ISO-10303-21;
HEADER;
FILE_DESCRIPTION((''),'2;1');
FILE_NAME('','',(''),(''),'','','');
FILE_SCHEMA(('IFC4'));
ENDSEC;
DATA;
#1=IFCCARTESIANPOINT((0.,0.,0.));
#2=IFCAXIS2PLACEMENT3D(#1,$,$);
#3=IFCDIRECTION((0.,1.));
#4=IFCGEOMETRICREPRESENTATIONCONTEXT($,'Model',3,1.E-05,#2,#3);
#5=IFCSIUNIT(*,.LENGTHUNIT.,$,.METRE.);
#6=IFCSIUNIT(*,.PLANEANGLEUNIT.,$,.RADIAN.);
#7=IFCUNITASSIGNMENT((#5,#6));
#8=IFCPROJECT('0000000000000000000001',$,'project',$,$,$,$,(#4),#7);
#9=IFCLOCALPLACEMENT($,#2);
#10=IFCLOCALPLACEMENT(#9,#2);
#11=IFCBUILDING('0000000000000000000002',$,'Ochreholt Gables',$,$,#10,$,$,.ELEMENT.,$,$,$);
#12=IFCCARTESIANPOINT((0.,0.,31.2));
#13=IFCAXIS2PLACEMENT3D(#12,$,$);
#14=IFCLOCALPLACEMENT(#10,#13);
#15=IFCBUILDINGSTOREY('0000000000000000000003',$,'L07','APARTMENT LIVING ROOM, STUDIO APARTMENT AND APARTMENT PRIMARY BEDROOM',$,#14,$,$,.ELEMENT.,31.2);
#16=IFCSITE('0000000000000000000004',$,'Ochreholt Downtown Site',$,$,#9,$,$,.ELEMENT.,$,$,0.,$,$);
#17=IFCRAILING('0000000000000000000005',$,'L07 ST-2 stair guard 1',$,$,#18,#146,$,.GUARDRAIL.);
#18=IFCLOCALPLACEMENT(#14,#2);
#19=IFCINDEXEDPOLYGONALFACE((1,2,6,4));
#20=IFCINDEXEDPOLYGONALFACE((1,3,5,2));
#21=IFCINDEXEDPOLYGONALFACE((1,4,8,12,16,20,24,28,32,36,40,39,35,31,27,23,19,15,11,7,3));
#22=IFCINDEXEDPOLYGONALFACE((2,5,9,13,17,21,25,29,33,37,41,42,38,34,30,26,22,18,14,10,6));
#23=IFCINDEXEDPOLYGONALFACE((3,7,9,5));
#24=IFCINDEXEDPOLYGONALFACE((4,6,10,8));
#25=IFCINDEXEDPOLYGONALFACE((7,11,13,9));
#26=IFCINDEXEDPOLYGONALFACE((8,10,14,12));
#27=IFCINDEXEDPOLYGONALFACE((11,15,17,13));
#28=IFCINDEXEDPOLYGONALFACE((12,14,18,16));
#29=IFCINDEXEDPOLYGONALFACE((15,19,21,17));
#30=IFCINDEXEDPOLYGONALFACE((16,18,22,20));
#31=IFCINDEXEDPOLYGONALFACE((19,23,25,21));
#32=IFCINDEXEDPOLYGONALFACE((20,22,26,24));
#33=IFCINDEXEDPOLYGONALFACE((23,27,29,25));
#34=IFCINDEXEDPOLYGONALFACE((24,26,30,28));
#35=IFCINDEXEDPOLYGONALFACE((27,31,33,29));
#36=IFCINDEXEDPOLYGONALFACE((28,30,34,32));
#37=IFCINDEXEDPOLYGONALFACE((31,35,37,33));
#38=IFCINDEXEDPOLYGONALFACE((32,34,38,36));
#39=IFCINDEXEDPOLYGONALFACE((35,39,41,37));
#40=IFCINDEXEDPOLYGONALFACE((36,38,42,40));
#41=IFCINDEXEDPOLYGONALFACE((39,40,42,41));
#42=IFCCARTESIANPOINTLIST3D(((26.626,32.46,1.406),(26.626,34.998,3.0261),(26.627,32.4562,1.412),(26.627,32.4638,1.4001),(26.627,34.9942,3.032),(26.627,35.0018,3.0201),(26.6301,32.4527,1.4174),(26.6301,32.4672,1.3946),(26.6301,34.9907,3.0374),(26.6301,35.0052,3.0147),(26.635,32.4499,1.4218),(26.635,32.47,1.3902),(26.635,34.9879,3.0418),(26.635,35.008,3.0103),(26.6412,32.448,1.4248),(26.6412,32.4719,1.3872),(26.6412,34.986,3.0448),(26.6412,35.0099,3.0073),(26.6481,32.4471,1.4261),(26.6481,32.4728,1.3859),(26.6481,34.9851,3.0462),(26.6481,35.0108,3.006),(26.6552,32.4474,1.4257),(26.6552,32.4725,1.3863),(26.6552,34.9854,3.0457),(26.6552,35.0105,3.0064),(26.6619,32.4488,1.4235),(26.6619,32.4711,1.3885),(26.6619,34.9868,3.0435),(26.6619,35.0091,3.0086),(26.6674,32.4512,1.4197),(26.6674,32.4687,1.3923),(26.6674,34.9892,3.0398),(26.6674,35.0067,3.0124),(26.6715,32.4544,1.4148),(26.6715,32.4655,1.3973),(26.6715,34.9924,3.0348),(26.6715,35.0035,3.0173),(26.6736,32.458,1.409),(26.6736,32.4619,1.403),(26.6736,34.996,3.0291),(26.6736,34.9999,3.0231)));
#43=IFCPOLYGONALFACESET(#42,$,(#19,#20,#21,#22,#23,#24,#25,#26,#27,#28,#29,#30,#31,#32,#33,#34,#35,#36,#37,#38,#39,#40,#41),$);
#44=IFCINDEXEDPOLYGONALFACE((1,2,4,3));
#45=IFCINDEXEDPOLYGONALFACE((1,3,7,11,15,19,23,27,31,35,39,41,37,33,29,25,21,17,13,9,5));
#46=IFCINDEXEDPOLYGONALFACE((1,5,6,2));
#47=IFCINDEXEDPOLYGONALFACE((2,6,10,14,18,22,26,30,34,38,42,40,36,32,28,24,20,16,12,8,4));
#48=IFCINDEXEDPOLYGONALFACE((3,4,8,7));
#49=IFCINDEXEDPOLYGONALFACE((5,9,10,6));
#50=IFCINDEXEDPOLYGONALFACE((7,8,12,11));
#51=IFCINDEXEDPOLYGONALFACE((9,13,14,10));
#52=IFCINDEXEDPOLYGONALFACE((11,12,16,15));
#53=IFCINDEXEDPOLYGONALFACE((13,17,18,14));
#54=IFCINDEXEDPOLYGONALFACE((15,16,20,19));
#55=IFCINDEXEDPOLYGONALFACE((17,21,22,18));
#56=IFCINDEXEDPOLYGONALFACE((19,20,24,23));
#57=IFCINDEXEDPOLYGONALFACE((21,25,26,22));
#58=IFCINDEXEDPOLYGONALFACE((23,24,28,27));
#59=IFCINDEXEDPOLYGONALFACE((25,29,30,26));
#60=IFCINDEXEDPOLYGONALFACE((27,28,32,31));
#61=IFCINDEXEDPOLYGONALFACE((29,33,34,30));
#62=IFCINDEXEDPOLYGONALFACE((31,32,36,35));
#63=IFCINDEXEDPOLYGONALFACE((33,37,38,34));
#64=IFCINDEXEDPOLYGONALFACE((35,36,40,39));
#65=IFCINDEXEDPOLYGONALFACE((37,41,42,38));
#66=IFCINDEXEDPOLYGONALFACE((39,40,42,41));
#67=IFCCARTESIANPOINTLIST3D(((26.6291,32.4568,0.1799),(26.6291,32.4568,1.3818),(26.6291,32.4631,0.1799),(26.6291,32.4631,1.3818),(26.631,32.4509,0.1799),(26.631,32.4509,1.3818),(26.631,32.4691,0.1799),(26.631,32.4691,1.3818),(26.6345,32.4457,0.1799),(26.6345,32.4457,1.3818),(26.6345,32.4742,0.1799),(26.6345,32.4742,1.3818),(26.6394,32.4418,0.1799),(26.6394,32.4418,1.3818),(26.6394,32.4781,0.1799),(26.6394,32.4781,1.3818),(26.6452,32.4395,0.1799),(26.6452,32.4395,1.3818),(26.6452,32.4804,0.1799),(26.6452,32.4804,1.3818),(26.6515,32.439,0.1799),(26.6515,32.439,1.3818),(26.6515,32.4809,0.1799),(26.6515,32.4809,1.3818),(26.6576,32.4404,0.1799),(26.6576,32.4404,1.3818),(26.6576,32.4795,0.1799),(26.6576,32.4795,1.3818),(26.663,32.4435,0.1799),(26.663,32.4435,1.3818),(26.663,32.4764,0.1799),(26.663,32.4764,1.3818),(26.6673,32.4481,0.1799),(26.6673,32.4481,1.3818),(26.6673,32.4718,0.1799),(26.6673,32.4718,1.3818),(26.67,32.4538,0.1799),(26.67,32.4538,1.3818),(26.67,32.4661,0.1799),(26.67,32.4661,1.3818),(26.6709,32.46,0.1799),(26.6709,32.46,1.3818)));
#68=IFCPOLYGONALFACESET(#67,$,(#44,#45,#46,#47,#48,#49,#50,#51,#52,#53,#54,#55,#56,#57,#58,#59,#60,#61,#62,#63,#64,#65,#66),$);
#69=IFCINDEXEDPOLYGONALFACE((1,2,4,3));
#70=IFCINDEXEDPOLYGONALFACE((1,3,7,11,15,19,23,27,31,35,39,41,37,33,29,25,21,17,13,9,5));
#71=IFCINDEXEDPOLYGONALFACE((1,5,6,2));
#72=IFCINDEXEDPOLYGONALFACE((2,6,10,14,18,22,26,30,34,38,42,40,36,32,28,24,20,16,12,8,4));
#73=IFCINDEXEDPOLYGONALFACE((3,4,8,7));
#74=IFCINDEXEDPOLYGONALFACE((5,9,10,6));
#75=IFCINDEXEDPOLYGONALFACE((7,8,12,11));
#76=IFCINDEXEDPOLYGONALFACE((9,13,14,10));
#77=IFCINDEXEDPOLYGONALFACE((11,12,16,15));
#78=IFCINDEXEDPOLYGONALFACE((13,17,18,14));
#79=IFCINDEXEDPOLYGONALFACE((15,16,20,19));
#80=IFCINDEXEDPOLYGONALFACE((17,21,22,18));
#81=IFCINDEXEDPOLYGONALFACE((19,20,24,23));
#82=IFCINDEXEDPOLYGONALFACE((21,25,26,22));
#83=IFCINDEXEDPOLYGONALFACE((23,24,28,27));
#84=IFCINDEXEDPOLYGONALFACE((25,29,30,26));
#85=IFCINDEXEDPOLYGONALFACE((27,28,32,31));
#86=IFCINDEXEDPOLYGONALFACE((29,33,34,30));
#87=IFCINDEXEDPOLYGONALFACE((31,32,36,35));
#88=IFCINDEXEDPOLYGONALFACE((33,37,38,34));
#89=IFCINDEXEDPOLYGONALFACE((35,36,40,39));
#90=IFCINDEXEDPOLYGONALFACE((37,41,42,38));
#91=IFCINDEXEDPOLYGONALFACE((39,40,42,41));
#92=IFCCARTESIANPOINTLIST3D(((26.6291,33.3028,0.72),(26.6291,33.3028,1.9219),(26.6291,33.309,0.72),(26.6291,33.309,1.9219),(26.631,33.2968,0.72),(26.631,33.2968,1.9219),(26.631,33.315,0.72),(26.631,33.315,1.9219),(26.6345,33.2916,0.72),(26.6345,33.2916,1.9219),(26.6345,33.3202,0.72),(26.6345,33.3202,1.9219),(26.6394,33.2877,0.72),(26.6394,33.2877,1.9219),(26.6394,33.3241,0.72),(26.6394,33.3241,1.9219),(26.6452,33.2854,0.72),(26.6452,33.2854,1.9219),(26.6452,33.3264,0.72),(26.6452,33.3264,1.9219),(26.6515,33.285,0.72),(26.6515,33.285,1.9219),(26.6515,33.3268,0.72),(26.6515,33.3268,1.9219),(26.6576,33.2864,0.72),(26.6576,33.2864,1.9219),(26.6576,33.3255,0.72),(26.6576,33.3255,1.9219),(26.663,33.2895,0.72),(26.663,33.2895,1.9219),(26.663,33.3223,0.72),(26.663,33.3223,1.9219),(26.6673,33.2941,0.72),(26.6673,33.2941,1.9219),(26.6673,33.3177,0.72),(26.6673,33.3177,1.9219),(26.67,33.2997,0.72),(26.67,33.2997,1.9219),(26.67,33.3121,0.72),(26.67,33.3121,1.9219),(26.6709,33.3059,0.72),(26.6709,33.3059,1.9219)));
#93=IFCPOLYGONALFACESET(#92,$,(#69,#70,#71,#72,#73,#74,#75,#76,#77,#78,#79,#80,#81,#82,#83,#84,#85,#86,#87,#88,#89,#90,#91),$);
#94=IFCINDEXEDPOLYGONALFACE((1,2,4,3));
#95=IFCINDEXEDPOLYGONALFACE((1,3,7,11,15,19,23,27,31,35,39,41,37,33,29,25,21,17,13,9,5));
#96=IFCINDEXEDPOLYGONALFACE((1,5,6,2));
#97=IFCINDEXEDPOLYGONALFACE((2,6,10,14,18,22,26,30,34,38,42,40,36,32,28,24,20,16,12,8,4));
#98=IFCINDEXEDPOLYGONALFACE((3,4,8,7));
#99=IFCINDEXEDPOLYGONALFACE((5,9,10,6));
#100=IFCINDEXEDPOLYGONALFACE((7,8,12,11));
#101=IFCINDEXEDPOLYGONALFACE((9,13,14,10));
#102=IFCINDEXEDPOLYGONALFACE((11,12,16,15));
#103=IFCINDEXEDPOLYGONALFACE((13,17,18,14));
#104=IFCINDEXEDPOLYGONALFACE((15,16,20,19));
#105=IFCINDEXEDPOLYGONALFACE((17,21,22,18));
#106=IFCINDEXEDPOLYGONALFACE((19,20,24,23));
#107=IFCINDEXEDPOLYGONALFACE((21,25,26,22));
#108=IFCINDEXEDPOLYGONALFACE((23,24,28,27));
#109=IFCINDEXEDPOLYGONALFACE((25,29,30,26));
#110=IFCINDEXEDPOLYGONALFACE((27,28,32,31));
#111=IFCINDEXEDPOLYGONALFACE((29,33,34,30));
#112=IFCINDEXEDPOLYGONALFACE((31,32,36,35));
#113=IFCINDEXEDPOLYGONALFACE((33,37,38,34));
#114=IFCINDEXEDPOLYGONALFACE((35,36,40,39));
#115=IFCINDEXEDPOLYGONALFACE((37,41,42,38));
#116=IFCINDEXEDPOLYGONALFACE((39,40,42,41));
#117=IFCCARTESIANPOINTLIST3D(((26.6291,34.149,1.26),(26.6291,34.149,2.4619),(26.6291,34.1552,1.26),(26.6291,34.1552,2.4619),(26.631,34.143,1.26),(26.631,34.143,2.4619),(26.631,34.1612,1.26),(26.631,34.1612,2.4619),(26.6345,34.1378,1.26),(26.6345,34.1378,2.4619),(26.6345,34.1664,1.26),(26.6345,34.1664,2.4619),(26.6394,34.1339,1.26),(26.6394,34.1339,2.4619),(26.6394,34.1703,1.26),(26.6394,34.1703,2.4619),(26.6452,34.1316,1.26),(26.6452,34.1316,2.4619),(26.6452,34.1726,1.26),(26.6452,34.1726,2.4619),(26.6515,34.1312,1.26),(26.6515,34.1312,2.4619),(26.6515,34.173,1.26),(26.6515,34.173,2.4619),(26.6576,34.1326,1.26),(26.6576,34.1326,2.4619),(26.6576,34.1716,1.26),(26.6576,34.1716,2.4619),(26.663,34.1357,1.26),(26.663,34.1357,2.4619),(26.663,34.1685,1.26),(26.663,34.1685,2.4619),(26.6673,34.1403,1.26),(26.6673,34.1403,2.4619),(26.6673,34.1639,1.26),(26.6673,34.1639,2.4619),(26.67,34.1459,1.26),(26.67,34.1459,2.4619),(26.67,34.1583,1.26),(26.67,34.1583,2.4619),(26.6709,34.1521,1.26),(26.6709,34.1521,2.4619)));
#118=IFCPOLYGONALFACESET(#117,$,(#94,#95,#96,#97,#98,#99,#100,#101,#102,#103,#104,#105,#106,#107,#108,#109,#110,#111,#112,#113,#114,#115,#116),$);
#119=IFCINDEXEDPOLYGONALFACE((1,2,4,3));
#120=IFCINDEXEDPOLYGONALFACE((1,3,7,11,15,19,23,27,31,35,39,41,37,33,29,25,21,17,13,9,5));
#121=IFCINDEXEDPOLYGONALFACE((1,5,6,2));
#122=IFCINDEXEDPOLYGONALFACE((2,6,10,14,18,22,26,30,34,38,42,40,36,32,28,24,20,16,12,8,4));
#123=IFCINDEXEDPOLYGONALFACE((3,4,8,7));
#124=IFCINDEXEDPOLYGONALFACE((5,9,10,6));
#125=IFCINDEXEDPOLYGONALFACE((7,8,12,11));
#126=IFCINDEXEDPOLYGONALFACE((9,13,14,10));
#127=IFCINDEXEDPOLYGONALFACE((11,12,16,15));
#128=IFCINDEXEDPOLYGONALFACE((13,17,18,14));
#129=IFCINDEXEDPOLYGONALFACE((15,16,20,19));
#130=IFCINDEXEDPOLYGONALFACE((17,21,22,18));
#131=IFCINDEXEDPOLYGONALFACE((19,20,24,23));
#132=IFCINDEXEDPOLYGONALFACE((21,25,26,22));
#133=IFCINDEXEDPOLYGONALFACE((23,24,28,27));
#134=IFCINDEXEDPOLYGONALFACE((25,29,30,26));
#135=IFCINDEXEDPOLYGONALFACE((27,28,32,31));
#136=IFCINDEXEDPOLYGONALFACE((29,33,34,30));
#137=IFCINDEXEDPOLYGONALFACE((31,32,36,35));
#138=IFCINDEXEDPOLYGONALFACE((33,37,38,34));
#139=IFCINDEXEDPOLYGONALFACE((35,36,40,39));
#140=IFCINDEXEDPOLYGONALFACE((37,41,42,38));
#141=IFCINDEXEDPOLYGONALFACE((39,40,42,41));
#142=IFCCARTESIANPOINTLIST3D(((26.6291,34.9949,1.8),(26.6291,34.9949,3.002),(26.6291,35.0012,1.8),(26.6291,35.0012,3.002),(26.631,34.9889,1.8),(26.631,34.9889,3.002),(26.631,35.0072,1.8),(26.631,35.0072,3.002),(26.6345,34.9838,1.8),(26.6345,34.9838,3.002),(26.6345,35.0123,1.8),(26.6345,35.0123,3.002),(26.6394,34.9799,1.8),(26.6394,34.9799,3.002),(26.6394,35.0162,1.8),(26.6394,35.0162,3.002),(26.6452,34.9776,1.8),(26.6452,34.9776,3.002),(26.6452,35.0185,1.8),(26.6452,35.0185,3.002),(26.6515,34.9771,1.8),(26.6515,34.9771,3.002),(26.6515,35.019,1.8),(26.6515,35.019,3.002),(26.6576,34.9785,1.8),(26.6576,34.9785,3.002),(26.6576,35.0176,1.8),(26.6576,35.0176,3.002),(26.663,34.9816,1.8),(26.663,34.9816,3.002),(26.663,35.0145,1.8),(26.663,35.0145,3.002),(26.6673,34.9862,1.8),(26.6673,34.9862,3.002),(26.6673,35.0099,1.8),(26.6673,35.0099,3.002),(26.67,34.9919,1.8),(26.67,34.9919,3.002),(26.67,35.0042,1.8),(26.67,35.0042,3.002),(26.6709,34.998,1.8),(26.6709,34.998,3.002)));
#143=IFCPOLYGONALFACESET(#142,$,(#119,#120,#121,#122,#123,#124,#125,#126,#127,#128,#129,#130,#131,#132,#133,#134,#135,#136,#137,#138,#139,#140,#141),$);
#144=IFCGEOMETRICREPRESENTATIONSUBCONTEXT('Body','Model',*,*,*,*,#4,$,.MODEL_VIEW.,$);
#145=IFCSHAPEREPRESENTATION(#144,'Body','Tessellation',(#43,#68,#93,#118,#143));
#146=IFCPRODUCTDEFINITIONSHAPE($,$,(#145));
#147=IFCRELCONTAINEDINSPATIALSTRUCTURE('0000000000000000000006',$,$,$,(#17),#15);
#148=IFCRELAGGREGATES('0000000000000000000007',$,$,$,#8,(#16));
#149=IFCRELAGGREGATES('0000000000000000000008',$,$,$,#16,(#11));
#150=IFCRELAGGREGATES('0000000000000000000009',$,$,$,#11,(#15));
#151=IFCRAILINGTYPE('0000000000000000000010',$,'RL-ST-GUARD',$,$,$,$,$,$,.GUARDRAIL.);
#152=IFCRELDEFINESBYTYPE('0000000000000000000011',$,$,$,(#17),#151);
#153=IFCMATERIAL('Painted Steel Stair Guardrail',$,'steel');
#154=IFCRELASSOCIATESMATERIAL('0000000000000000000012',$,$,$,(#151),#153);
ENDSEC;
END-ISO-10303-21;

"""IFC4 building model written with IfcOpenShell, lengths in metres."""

from ifc_helpers import new_model, si_unit, direction, frame, origin, origin_2d, place, context, subcontext, project, spatial, circle, extrude, material, type_object, element, save


model = new_model("IFC4")

# Units and contexts
model_context = context("Model", 3, precision=1e-05, world=origin(), true_north=direction((0.0, 1.0)))
body_context = subcontext(model_context, "Body", "Model", "MODEL_VIEW")
ifc_project = project(units=[si_unit("LENGTHUNIT", "METRE"), si_unit("PLANEANGLEUNIT", "RADIAN")], contexts=[model_context])

# Site, building, storey
site_placement = place(None, origin())
site = spatial("IfcSite", under=ifc_project, at=site_placement, Name="Ochreholt Downtown Site", CompositionType="ELEMENT", RefElevation=0.0)
building_placement = place(site_placement, origin())
building = spatial("IfcBuilding", under=site, at=building_placement, Name="Ochreholt Gables", CompositionType="ELEMENT")
storey_placement = place(building_placement, frame((0.0, 0.0, 31.2)))
storey = spatial("IfcBuildingStorey", under=building, at=storey_placement, Name="L07", Description="APARTMENT LIVING ROOM, STUDIO APARTMENT AND APARTMENT PRIMARY BEDROOM", CompositionType="ELEMENT", Elevation=31.2)

# Railing
ifc_material_1 = material(Name="Painted Steel Stair Guardrail", Category="steel")
railing_type_1 = type_object("IfcRailingType", Name="RL-ST-GUARD", PredefinedType="GUARDRAIL", material=ifc_material_1)
railing_1_placement = place(storey_placement, frame((26.6499, 32.46, 0.1799)))
element("IfcRailing", 1, at=railing_1_placement, inside=storey, type_object=railing_type_1, Name="L07 ST-2 stair guard 1", PredefinedType="GUARDRAIL", context=body_context, shape_type="SweptSolid", body=[
    extrude(circle(Radius=0.0239, at=origin_2d()), frame((0.0, 0.0, 1.2261), z_axis=(0.0, 0.842913, 0.53805), x_axis=(-1.0, 0.0, 0.0)), (0.0, 0.0, 1.0), 3.011),
    extrude(circle(Radius=0.021, at=origin_2d()), origin(), (0.0, 0.0, 1.0), 1.2019),
    extrude(circle(Radius=0.021, at=origin_2d()), frame((0.0, 0.8459, 0.54)), (0.0, 0.0, 1.0), 1.2019),
    extrude(circle(Radius=0.021, at=origin_2d()), frame((0.0, 1.6921, 1.0801)), (0.0, 0.0, 1.0), 1.2019),
    extrude(circle(Radius=0.021, at=origin_2d()), frame((0.0, 2.5381, 1.6201)), (0.0, 0.0, 1.0), 1.2019),
])

save(model, "model.ifc")
